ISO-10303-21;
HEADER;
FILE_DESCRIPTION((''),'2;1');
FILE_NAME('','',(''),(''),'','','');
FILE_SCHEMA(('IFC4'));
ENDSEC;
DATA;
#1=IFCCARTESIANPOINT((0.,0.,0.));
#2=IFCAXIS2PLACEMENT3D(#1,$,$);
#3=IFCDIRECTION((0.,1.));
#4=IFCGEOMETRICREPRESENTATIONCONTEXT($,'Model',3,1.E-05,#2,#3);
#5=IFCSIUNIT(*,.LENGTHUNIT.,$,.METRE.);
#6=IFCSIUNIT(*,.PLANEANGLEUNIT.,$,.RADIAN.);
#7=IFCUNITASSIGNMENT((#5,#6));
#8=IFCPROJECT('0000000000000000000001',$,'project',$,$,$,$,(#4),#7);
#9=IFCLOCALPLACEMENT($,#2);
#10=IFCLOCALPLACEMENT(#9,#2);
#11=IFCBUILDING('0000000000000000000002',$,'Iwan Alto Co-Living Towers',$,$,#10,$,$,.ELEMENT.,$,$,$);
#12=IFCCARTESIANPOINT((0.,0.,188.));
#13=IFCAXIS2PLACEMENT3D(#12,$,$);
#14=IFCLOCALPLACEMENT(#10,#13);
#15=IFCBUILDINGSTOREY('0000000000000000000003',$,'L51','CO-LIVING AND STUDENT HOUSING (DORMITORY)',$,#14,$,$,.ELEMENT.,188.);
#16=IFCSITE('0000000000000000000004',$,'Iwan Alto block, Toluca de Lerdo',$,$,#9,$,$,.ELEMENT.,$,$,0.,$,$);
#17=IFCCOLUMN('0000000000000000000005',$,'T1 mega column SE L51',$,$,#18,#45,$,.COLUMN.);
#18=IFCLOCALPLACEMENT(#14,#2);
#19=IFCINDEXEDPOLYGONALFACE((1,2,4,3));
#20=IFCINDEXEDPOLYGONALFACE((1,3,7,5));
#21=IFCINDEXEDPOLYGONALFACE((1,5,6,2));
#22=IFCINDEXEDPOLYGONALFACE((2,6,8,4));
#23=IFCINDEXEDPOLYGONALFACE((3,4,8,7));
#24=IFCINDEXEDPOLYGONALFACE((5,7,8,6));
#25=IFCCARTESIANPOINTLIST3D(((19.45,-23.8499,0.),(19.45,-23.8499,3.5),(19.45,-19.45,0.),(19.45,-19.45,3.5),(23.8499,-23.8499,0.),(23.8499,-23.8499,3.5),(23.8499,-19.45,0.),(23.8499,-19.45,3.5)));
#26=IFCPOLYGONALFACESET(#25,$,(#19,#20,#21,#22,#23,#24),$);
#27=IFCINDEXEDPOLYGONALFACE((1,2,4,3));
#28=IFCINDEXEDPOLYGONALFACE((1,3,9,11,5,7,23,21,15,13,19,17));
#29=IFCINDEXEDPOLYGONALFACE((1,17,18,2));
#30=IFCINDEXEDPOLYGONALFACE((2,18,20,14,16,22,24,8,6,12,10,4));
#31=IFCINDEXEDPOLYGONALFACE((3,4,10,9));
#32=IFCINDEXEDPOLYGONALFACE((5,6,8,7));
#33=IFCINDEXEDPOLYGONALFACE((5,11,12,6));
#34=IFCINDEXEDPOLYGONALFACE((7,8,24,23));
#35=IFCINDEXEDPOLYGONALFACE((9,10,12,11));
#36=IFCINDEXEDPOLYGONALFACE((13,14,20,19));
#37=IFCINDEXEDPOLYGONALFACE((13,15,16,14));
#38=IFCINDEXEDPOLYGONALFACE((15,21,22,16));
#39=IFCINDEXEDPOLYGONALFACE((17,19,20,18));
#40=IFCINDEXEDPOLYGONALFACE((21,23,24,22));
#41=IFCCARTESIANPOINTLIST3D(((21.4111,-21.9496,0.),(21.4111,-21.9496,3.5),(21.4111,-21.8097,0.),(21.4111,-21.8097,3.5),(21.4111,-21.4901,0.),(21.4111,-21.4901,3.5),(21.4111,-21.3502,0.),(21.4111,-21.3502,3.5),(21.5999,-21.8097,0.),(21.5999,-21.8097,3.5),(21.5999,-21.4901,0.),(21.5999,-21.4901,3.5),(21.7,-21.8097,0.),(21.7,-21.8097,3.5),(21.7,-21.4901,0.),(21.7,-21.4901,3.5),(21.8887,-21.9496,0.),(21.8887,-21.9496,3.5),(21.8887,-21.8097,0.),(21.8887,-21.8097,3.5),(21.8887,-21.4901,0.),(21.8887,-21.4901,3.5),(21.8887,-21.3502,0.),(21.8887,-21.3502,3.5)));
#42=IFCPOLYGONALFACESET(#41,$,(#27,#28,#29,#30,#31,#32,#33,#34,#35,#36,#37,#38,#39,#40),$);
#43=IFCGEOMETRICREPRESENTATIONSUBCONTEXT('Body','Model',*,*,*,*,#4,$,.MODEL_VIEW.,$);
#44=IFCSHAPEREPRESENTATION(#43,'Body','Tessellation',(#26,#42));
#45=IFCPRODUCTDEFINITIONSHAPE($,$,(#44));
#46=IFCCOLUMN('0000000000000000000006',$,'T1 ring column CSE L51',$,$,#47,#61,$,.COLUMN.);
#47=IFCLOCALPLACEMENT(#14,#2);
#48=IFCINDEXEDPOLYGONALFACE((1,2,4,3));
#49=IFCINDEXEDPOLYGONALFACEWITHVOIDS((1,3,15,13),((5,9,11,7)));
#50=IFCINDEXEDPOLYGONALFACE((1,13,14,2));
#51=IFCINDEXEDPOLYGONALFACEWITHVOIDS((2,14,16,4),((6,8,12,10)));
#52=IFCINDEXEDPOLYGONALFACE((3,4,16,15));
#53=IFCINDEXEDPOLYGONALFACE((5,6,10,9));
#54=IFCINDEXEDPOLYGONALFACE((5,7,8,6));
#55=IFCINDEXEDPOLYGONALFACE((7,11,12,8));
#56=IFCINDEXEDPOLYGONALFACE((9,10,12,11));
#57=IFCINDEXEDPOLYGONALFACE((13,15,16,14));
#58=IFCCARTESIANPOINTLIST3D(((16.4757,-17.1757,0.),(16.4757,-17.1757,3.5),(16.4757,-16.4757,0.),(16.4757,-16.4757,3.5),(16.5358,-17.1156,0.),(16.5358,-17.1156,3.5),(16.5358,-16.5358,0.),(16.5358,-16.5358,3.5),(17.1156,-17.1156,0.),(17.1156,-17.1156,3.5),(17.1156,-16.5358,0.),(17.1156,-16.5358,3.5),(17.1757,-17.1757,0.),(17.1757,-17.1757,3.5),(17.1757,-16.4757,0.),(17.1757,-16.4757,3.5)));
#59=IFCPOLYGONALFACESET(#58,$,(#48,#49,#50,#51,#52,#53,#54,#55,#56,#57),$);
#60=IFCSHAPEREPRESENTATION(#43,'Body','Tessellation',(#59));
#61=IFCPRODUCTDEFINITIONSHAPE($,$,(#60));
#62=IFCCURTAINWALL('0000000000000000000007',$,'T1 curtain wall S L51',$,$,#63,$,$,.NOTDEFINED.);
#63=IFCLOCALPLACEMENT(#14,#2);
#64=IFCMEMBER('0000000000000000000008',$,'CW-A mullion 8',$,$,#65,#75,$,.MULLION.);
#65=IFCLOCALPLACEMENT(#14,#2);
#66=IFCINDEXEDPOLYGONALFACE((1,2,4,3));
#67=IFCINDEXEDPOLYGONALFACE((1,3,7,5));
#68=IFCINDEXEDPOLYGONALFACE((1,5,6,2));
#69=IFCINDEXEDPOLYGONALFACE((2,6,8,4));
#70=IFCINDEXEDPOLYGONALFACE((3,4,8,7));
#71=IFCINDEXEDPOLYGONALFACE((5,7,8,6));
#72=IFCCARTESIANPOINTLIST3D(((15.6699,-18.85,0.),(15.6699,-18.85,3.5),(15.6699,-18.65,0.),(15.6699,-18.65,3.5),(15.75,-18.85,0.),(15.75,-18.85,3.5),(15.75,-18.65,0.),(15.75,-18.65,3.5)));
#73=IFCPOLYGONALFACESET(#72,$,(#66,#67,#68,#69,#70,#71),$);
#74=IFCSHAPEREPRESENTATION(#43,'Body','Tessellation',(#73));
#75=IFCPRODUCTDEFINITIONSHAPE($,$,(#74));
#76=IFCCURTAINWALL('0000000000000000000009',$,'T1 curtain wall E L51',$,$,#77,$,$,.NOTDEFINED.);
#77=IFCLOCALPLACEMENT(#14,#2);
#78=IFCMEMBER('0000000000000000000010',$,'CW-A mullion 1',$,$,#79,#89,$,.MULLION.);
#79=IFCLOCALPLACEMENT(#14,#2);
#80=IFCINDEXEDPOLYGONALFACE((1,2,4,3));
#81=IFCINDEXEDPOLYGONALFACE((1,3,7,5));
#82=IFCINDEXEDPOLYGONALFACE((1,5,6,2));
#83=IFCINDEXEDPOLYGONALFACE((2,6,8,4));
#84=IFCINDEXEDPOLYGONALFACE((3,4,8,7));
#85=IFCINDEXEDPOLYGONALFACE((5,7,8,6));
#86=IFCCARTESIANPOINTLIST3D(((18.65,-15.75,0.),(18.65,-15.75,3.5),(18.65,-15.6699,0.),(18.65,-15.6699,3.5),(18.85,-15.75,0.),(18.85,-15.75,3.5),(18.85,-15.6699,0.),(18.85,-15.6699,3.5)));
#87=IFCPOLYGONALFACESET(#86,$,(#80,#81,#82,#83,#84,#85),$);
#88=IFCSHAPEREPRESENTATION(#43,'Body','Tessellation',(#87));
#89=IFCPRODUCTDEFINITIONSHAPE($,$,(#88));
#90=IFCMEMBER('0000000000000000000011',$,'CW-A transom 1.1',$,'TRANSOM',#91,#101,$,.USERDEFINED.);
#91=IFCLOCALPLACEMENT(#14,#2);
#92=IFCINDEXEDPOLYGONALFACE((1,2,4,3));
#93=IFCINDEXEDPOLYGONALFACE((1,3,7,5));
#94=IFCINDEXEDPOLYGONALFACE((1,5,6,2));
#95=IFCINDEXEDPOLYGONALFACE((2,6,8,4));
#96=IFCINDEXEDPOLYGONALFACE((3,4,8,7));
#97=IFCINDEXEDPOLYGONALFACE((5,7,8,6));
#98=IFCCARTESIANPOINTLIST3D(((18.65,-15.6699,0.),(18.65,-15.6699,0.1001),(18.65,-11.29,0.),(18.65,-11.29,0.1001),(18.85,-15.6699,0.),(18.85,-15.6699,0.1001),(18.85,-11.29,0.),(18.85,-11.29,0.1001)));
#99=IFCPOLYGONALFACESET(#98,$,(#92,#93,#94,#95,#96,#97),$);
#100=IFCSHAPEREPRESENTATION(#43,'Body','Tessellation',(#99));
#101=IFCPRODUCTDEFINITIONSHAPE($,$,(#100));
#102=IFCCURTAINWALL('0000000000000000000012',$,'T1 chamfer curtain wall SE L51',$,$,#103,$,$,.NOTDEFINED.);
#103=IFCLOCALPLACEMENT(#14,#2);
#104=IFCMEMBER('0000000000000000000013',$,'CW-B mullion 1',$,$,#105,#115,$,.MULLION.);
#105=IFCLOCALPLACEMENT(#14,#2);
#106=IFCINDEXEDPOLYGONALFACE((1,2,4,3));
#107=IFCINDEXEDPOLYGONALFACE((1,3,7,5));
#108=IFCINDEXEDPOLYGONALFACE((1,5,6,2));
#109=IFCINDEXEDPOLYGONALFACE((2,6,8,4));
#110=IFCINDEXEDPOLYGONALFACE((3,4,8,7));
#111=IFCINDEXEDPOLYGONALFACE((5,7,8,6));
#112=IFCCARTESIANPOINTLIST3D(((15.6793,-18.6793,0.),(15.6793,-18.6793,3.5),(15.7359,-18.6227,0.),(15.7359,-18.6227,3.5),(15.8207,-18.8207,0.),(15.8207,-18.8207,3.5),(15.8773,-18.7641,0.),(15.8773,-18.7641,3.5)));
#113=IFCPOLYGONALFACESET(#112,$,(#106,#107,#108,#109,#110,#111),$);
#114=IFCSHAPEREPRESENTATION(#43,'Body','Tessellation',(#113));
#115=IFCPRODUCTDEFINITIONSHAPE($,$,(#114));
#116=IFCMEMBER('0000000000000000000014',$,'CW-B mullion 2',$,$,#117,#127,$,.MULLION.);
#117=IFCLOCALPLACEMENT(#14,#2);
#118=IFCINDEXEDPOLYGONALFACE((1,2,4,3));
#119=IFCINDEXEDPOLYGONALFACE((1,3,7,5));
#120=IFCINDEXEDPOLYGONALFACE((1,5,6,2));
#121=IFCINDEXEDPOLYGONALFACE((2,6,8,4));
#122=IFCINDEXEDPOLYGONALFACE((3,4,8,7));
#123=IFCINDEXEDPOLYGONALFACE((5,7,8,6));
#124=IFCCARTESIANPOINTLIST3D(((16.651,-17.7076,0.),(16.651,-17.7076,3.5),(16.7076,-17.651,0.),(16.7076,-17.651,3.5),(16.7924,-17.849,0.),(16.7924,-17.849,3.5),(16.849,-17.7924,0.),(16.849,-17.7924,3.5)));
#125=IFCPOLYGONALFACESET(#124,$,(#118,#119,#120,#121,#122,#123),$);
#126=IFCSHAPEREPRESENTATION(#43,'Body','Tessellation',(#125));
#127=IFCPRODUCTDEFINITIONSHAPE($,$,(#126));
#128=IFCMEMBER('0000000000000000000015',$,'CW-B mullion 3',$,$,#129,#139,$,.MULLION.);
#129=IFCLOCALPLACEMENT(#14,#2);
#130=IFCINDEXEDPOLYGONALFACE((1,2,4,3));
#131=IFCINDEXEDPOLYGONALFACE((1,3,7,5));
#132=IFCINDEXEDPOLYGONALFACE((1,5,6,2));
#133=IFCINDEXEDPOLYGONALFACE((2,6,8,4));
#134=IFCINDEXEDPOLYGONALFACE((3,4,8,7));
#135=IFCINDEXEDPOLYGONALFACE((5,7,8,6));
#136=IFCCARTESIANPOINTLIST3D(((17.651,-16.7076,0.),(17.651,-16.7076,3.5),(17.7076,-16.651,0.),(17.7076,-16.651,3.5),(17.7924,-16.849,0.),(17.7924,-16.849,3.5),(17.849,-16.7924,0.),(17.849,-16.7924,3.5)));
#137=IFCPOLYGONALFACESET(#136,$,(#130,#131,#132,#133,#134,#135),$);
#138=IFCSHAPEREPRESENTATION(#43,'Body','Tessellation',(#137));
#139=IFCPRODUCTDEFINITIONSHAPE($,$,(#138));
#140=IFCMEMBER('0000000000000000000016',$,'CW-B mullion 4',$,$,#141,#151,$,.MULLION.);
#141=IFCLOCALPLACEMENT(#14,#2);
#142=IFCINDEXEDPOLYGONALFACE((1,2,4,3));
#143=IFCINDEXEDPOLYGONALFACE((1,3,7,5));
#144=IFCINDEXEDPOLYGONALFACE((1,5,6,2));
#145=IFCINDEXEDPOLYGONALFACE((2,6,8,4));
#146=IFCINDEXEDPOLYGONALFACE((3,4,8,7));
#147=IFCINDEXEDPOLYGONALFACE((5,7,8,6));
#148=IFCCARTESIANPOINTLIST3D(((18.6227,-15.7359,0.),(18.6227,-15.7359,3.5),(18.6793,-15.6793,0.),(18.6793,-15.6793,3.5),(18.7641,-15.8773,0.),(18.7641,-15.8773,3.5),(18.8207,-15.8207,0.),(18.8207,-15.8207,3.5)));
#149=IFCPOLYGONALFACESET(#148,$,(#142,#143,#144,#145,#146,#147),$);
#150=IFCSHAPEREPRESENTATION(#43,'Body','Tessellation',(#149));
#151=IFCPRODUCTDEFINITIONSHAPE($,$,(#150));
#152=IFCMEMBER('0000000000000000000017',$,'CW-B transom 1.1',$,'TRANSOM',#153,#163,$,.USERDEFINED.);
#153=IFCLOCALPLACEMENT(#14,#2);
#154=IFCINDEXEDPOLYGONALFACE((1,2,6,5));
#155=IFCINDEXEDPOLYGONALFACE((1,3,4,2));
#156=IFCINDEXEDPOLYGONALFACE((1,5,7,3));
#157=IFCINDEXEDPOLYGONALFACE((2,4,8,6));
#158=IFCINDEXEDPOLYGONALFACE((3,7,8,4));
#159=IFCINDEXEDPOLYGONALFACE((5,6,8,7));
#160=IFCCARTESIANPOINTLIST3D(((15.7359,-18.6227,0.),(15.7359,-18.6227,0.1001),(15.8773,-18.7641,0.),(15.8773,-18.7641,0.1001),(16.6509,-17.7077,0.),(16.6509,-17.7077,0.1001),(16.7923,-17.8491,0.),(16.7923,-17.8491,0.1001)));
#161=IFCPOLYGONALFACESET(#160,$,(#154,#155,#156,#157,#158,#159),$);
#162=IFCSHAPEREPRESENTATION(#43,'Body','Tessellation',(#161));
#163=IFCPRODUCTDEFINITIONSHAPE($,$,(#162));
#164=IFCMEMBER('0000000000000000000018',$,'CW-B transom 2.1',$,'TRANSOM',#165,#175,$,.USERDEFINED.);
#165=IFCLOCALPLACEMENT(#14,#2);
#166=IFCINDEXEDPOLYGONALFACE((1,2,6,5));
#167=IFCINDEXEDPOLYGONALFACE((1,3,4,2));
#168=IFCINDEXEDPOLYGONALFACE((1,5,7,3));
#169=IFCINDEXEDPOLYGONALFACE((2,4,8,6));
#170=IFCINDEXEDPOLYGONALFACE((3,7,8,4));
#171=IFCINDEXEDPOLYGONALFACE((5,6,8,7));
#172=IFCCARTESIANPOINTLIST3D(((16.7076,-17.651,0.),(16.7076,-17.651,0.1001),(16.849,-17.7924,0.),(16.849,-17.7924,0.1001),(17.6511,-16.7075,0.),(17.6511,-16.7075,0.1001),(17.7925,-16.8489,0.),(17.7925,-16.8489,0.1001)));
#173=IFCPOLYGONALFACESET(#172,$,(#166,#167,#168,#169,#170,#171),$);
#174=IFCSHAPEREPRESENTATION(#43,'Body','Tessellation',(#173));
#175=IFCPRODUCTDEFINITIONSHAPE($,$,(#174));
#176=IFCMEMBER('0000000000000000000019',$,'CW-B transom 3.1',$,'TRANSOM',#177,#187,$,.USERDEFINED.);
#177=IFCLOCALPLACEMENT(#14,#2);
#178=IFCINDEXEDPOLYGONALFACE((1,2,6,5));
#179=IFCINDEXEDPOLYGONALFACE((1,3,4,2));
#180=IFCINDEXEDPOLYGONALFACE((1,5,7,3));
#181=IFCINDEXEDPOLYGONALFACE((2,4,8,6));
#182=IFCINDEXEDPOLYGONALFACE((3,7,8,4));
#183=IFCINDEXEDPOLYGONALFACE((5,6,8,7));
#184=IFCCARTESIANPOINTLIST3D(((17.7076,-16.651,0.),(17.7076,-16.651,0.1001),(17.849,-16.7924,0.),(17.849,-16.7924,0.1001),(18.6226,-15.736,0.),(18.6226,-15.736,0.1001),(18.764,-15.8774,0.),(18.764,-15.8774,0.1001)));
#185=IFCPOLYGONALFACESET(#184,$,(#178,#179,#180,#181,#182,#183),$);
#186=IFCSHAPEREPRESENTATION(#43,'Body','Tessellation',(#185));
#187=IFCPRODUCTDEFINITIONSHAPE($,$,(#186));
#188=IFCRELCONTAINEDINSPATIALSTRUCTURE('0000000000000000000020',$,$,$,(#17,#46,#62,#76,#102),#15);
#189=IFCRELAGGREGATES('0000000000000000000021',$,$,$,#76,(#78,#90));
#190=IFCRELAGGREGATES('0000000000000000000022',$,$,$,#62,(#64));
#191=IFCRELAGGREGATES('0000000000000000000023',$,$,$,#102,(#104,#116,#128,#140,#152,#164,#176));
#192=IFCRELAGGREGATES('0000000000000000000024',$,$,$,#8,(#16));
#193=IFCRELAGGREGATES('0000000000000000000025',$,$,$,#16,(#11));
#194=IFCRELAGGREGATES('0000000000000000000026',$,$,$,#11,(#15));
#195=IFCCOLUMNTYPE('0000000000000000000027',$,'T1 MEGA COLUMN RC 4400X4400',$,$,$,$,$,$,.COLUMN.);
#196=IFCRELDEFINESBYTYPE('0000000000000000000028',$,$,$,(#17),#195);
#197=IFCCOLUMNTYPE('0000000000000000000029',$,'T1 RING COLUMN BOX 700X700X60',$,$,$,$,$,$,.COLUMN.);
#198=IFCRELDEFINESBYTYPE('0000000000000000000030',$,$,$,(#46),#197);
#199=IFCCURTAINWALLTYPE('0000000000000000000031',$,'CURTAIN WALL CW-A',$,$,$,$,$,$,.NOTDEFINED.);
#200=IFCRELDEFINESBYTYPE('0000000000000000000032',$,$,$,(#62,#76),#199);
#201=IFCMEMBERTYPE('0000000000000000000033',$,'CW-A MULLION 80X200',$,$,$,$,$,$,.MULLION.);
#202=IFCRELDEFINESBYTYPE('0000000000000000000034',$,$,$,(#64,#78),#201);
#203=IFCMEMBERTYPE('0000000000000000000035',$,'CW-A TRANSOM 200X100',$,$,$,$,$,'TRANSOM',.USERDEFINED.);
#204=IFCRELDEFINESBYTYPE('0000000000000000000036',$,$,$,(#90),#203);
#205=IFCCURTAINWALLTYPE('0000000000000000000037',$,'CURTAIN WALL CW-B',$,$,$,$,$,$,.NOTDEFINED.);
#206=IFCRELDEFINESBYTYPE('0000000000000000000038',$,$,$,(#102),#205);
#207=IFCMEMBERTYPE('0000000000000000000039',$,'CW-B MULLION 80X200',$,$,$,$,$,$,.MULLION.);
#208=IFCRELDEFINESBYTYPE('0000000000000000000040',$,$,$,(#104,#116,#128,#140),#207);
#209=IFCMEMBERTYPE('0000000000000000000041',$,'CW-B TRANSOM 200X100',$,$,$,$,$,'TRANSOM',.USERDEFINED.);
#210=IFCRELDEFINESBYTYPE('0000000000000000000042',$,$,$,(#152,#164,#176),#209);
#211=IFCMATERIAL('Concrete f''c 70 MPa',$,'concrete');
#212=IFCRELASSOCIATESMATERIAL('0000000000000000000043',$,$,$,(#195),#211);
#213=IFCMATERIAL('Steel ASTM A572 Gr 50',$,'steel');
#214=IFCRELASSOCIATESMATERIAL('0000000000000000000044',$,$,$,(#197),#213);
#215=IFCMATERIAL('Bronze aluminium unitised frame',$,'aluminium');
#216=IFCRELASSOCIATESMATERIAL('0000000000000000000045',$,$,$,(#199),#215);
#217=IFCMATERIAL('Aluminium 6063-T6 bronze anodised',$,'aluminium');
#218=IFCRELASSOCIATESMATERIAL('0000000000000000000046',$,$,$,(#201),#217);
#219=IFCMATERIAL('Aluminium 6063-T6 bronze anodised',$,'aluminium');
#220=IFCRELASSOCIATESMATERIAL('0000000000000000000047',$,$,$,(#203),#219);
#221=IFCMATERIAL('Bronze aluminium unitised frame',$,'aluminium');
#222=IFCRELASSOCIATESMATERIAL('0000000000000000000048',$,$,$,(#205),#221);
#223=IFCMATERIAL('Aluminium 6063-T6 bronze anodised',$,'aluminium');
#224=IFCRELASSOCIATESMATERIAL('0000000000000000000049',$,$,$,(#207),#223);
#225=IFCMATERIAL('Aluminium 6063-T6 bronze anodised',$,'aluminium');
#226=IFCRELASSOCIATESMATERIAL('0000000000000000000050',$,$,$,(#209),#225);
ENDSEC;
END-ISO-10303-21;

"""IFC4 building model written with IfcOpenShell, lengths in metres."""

from ifc_helpers import new_model, si_unit, direction, frame, origin, origin_2d, place, context, subcontext, project, spatial, rectangle, hollow_rectangle, i_section, extrude, material, material_profile, profile_set, type_object, element, aggregate, save


model = new_model("IFC4")

# Units and contexts
model_context = context("Model", 3, precision=1e-05, world=origin(), true_north=direction((0.0, 1.0)))
body_context = subcontext(model_context, "Body", "Model", "MODEL_VIEW")
ifc_project = project(units=[si_unit("LENGTHUNIT", "METRE"), si_unit("PLANEANGLEUNIT", "RADIAN")], contexts=[model_context])

# Site, building, storey
site_placement = place(None, origin())
site = spatial("IfcSite", under=ifc_project, at=site_placement, Name="Iwan Alto block, Toluca de Lerdo", CompositionType="ELEMENT", RefElevation=0.0)
building_placement = place(site_placement, origin())
building = spatial("IfcBuilding", under=site, at=building_placement, Name="Iwan Alto Co-Living Towers", CompositionType="ELEMENT")
storey_placement = place(building_placement, frame((0.0, 0.0, 188.0)))
storey = spatial("IfcBuildingStorey", under=building, at=storey_placement, Name="L51", Description="CO-LIVING AND STUDENT HOUSING (DORMITORY)", CompositionType="ELEMENT", Elevation=188.0)

# Columns
ifc_material_1 = material(Name="Concrete f'c 70 MPa", Category="concrete")
ifc_material_profile_1 = material_profile(ifc_material_1, rectangle(XDim=4.3999, YDim=4.3999, at=origin_2d()), Name="RC 4400X4400")
ifc_profile_set_1 = profile_set([ifc_material_profile_1], Name="Concrete f'c 70 MPa")
column_type_1 = type_object("IfcColumnType", Name="T1 MEGA COLUMN RC 4400X4400", PredefinedType="COLUMN", material=ifc_profile_set_1)
column_1_placement = place(storey_placement, frame((21.6499, -21.6499, 0.0), z_axis=(0.0, 0.0, 1.0), x_axis=(1.0, 0.0, 0.0)))
element("IfcColumn", 1, at=column_1_placement, inside=storey, type_object=column_type_1, Name="T1 mega column SE L51", PredefinedType="COLUMN", context=body_context, shape_type="SweptSolid", body=[
    extrude(rectangle(XDim=4.3999, YDim=4.3999, at=origin_2d()), origin(), (0.0, 0.0, 1.0), 3.5),
    extrude(i_section(OverallWidth=0.4775, OverallDepth=0.5994, WebThickness=0.1001, FlangeThickness=0.1399, at=origin_2d()), origin(), (0.0, 0.0, 1.0), 3.5),
])
ifc_material_2 = material(Name="Steel ASTM A572 Gr 50", Category="steel")
ifc_material_profile_2 = material_profile(ifc_material_2, hollow_rectangle(XDim=0.7, YDim=0.7, WallThickness=0.0601, at=origin_2d()), Name="BOX 700X700X60")
ifc_profile_set_2 = profile_set([ifc_material_profile_2], Name="Steel ASTM A572 Gr 50")
column_type_2 = type_object("IfcColumnType", Name="T1 RING COLUMN BOX 700X700X60", PredefinedType="COLUMN", material=ifc_profile_set_2)
column_2_placement = place(storey_placement, frame((16.8257, -16.8257, 0.0), z_axis=(0.0, 0.0, 1.0), x_axis=(1.0, 0.0, 0.0)))
element("IfcColumn", 2, at=column_2_placement, inside=storey, type_object=column_type_2, Name="T1 ring column CSE L51", PredefinedType="COLUMN", context=body_context, shape_type="SweptSolid", body=[
    extrude(hollow_rectangle(XDim=0.7, YDim=0.7, WallThickness=0.0601, at=origin_2d()), origin(), (0.0, 0.0, 1.0), 3.5),
])

# Curtain wall, member
ifc_material_3 = material(Name="Bronze aluminium unitised frame", Category="aluminium")
curtain_wall_type_1 = type_object("IfcCurtainWallType", Name="CURTAIN WALL CW-A", PredefinedType="NOTDEFINED", material=ifc_material_3)
curtain_wall_1_placement = place(storey_placement, origin())
curtain_wall_1 = element("IfcCurtainWall", 3, at=curtain_wall_1_placement, inside=storey, type_object=curtain_wall_type_1, Name="T1 curtain wall S L51", PredefinedType="NOTDEFINED")
ifc_material_4 = material(Name="Aluminium 6063-T6 bronze anodised", Category="aluminium")
ifc_material_profile_3 = material_profile(ifc_material_4, rectangle(XDim=0.2, YDim=0.0801, at=origin_2d()), Name="AL 80X200")
ifc_profile_set_3 = profile_set([ifc_material_profile_3], Name="Aluminium 6063-T6 bronze anodised")
member_type_1 = type_object("IfcMemberType", Name="CW-A MULLION 80X200", PredefinedType="MULLION", material=ifc_profile_set_3)
member_1_placement = place(storey_placement, frame((15.71, -18.75, 0.0), z_axis=(0.0, 0.0, 1.0), x_axis=(0.0, 1.0, 0.0)))
member_1 = element("IfcMember", 4, at=member_1_placement, type_object=member_type_1, Name="CW-A mullion 8", PredefinedType="MULLION", context=body_context, shape_type="SweptSolid", body=[
    extrude(rectangle(XDim=0.2, YDim=0.0801, at=origin_2d()), origin(), (0.0, 0.0, 1.0), 3.5),
])

# Curtain walls, members
curtain_wall_2_placement = place(storey_placement, origin())
curtain_wall_2 = element("IfcCurtainWall", 5, at=curtain_wall_2_placement, inside=storey, type_object=curtain_wall_type_1, Name="T1 curtain wall E L51", PredefinedType="NOTDEFINED")
member_2_placement = place(storey_placement, frame((18.75, -15.71, 0.0), z_axis=(0.0, 0.0, 1.0), x_axis=(-1.0, 0.0, 0.0)))
member_2 = element("IfcMember", 6, at=member_2_placement, type_object=member_type_1, Name="CW-A mullion 1", PredefinedType="MULLION", context=body_context, shape_type="SweptSolid", body=[
    extrude(rectangle(XDim=0.2, YDim=0.0801, at=origin_2d()), origin(), (0.0, 0.0, 1.0), 3.5),
])
ifc_material_5 = material(Name="Aluminium 6063-T6 bronze anodised", Category="aluminium")
ifc_material_profile_4 = material_profile(ifc_material_5, rectangle(XDim=0.2, YDim=0.1001, at=origin_2d()), Name="AL 200X100")
ifc_profile_set_4 = profile_set([ifc_material_profile_4], Name="Aluminium 6063-T6 bronze anodised")
member_type_2 = type_object("IfcMemberType", Name="CW-A TRANSOM 200X100", ElementType="TRANSOM", PredefinedType="USERDEFINED", material=ifc_profile_set_4)
member_3_placement = place(storey_placement, frame((18.75, -15.6699, 0.05), z_axis=(0.0, 1.0, 0.0), x_axis=(-1.0, 0.0, 0.0)))
member_3 = element("IfcMember", 7, at=member_3_placement, type_object=member_type_2, Name="CW-A transom 1.1", ObjectType="TRANSOM", PredefinedType="USERDEFINED", context=body_context, shape_type="SweptSolid", body=[
    extrude(rectangle(XDim=0.2, YDim=0.1001, at=origin_2d()), origin(), (0.0, 0.0, 1.0), 4.3799),
])
aggregate(curtain_wall_2, [member_2, member_3])
ifc_material_6 = material(Name="Bronze aluminium unitised frame", Category="aluminium")
curtain_wall_type_2 = type_object("IfcCurtainWallType", Name="CURTAIN WALL CW-B", PredefinedType="NOTDEFINED", material=ifc_material_6)
curtain_wall_3_placement = place(storey_placement, origin())
curtain_wall_3 = element("IfcCurtainWall", 8, at=curtain_wall_3_placement, inside=storey, type_object=curtain_wall_type_2, Name="T1 chamfer curtain wall SE L51", PredefinedType="NOTDEFINED")
ifc_material_7 = material(Name="Aluminium 6063-T6 bronze anodised", Category="aluminium")
ifc_material_profile_5 = material_profile(ifc_material_7, rectangle(XDim=0.2, YDim=0.0801, at=origin_2d()), Name="AL 80X200")
ifc_profile_set_5 = profile_set([ifc_material_profile_5], Name="Aluminium 6063-T6 bronze anodised")
member_type_3 = type_object("IfcMemberType", Name="CW-B MULLION 80X200", PredefinedType="MULLION", material=ifc_profile_set_5)
member_4_placement = place(storey_placement, frame((15.7783, -18.7217, 0.0), z_axis=(0.0, 0.0, 1.0), x_axis=(-0.707107, 0.707107, 0.0)))
member_4 = element("IfcMember", 9, at=member_4_placement, type_object=member_type_3, Name="CW-B mullion 1", PredefinedType="MULLION", context=body_context, shape_type="SweptSolid", body=[
    extrude(rectangle(XDim=0.2, YDim=0.0801, at=origin_2d()), origin(), (0.0, 0.0, 1.0), 3.5),
])
member_5_placement = place(storey_placement, frame((16.75, -17.75, 0.0), z_axis=(0.0, 0.0, 1.0), x_axis=(-0.707107, 0.707107, 0.0)))
member_5 = element("IfcMember", 10, at=member_5_placement, type_object=member_type_3, Name="CW-B mullion 2", PredefinedType="MULLION", context=body_context, shape_type="SweptSolid", body=[
    extrude(rectangle(XDim=0.2, YDim=0.0801, at=origin_2d()), origin(), (0.0, 0.0, 1.0), 3.5),
])
member_6_placement = place(storey_placement, frame((17.75, -16.75, 0.0), z_axis=(0.0, 0.0, 1.0), x_axis=(-0.707107, 0.707107, 0.0)))
member_6 = element("IfcMember", 11, at=member_6_placement, type_object=member_type_3, Name="CW-B mullion 3", PredefinedType="MULLION", context=body_context, shape_type="SweptSolid", body=[
    extrude(rectangle(XDim=0.2, YDim=0.0801, at=origin_2d()), origin(), (0.0, 0.0, 1.0), 3.5),
])
member_7_placement = place(storey_placement, frame((18.7217, -15.7783, 0.0), z_axis=(0.0, 0.0, 1.0), x_axis=(-0.707107, 0.707107, 0.0)))
member_7 = element("IfcMember", 12, at=member_7_placement, type_object=member_type_3, Name="CW-B mullion 4", PredefinedType="MULLION", context=body_context, shape_type="SweptSolid", body=[
    extrude(rectangle(XDim=0.2, YDim=0.0801, at=origin_2d()), origin(), (0.0, 0.0, 1.0), 3.5),
])
ifc_material_8 = material(Name="Aluminium 6063-T6 bronze anodised", Category="aluminium")
ifc_material_profile_6 = material_profile(ifc_material_8, rectangle(XDim=0.2, YDim=0.1001, at=origin_2d()), Name="AL 200X100")
ifc_profile_set_6 = profile_set([ifc_material_profile_6], Name="Aluminium 6063-T6 bronze anodised")
member_type_4 = type_object("IfcMemberType", Name="CW-B TRANSOM 200X100", ElementType="TRANSOM", PredefinedType="USERDEFINED", material=ifc_profile_set_6)
member_8_placement = place(storey_placement, frame((15.8066, -18.6934, 0.05), z_axis=(0.707107, 0.707107, 0.0), x_axis=(-0.707107, 0.707107, 0.0)))
member_8 = element("IfcMember", 13, at=member_8_placement, type_object=member_type_4, Name="CW-B transom 1.1", ObjectType="TRANSOM", PredefinedType="USERDEFINED", context=body_context, shape_type="SweptSolid", body=[
    extrude(rectangle(XDim=0.2, YDim=0.1001, at=origin_2d()), origin(), (0.0, 0.0, 1.0), 1.2939),
])
member_9_placement = place(storey_placement, frame((16.7783, -17.7217, 0.05), z_axis=(0.707107, 0.707107, 0.0), x_axis=(-0.707107, 0.707107, 0.0)))
member_9 = element("IfcMember", 14, at=member_9_placement, type_object=member_type_4, Name="CW-B transom 2.1", ObjectType="TRANSOM", PredefinedType="USERDEFINED", context=body_context, shape_type="SweptSolid", body=[
    extrude(rectangle(XDim=0.2, YDim=0.1001, at=origin_2d()), origin(), (0.0, 0.0, 1.0), 1.3342),
])
member_10_placement = place(storey_placement, frame((17.7783, -16.7217, 0.05), z_axis=(0.707107, 0.707107, 0.0), x_axis=(-0.707107, 0.707107, 0.0)))
member_10 = element("IfcMember", 15, at=member_10_placement, type_object=member_type_4, Name="CW-B transom 3.1", ObjectType="TRANSOM", PredefinedType="USERDEFINED", context=body_context, shape_type="SweptSolid", body=[
    extrude(rectangle(XDim=0.2, YDim=0.1001, at=origin_2d()), origin(), (0.0, 0.0, 1.0), 1.2939),
])

aggregate(curtain_wall_1, [member_1])
aggregate(curtain_wall_3, [member_4, member_5, member_6, member_7, member_8, member_9, member_10])

save(model, "model.ifc")
